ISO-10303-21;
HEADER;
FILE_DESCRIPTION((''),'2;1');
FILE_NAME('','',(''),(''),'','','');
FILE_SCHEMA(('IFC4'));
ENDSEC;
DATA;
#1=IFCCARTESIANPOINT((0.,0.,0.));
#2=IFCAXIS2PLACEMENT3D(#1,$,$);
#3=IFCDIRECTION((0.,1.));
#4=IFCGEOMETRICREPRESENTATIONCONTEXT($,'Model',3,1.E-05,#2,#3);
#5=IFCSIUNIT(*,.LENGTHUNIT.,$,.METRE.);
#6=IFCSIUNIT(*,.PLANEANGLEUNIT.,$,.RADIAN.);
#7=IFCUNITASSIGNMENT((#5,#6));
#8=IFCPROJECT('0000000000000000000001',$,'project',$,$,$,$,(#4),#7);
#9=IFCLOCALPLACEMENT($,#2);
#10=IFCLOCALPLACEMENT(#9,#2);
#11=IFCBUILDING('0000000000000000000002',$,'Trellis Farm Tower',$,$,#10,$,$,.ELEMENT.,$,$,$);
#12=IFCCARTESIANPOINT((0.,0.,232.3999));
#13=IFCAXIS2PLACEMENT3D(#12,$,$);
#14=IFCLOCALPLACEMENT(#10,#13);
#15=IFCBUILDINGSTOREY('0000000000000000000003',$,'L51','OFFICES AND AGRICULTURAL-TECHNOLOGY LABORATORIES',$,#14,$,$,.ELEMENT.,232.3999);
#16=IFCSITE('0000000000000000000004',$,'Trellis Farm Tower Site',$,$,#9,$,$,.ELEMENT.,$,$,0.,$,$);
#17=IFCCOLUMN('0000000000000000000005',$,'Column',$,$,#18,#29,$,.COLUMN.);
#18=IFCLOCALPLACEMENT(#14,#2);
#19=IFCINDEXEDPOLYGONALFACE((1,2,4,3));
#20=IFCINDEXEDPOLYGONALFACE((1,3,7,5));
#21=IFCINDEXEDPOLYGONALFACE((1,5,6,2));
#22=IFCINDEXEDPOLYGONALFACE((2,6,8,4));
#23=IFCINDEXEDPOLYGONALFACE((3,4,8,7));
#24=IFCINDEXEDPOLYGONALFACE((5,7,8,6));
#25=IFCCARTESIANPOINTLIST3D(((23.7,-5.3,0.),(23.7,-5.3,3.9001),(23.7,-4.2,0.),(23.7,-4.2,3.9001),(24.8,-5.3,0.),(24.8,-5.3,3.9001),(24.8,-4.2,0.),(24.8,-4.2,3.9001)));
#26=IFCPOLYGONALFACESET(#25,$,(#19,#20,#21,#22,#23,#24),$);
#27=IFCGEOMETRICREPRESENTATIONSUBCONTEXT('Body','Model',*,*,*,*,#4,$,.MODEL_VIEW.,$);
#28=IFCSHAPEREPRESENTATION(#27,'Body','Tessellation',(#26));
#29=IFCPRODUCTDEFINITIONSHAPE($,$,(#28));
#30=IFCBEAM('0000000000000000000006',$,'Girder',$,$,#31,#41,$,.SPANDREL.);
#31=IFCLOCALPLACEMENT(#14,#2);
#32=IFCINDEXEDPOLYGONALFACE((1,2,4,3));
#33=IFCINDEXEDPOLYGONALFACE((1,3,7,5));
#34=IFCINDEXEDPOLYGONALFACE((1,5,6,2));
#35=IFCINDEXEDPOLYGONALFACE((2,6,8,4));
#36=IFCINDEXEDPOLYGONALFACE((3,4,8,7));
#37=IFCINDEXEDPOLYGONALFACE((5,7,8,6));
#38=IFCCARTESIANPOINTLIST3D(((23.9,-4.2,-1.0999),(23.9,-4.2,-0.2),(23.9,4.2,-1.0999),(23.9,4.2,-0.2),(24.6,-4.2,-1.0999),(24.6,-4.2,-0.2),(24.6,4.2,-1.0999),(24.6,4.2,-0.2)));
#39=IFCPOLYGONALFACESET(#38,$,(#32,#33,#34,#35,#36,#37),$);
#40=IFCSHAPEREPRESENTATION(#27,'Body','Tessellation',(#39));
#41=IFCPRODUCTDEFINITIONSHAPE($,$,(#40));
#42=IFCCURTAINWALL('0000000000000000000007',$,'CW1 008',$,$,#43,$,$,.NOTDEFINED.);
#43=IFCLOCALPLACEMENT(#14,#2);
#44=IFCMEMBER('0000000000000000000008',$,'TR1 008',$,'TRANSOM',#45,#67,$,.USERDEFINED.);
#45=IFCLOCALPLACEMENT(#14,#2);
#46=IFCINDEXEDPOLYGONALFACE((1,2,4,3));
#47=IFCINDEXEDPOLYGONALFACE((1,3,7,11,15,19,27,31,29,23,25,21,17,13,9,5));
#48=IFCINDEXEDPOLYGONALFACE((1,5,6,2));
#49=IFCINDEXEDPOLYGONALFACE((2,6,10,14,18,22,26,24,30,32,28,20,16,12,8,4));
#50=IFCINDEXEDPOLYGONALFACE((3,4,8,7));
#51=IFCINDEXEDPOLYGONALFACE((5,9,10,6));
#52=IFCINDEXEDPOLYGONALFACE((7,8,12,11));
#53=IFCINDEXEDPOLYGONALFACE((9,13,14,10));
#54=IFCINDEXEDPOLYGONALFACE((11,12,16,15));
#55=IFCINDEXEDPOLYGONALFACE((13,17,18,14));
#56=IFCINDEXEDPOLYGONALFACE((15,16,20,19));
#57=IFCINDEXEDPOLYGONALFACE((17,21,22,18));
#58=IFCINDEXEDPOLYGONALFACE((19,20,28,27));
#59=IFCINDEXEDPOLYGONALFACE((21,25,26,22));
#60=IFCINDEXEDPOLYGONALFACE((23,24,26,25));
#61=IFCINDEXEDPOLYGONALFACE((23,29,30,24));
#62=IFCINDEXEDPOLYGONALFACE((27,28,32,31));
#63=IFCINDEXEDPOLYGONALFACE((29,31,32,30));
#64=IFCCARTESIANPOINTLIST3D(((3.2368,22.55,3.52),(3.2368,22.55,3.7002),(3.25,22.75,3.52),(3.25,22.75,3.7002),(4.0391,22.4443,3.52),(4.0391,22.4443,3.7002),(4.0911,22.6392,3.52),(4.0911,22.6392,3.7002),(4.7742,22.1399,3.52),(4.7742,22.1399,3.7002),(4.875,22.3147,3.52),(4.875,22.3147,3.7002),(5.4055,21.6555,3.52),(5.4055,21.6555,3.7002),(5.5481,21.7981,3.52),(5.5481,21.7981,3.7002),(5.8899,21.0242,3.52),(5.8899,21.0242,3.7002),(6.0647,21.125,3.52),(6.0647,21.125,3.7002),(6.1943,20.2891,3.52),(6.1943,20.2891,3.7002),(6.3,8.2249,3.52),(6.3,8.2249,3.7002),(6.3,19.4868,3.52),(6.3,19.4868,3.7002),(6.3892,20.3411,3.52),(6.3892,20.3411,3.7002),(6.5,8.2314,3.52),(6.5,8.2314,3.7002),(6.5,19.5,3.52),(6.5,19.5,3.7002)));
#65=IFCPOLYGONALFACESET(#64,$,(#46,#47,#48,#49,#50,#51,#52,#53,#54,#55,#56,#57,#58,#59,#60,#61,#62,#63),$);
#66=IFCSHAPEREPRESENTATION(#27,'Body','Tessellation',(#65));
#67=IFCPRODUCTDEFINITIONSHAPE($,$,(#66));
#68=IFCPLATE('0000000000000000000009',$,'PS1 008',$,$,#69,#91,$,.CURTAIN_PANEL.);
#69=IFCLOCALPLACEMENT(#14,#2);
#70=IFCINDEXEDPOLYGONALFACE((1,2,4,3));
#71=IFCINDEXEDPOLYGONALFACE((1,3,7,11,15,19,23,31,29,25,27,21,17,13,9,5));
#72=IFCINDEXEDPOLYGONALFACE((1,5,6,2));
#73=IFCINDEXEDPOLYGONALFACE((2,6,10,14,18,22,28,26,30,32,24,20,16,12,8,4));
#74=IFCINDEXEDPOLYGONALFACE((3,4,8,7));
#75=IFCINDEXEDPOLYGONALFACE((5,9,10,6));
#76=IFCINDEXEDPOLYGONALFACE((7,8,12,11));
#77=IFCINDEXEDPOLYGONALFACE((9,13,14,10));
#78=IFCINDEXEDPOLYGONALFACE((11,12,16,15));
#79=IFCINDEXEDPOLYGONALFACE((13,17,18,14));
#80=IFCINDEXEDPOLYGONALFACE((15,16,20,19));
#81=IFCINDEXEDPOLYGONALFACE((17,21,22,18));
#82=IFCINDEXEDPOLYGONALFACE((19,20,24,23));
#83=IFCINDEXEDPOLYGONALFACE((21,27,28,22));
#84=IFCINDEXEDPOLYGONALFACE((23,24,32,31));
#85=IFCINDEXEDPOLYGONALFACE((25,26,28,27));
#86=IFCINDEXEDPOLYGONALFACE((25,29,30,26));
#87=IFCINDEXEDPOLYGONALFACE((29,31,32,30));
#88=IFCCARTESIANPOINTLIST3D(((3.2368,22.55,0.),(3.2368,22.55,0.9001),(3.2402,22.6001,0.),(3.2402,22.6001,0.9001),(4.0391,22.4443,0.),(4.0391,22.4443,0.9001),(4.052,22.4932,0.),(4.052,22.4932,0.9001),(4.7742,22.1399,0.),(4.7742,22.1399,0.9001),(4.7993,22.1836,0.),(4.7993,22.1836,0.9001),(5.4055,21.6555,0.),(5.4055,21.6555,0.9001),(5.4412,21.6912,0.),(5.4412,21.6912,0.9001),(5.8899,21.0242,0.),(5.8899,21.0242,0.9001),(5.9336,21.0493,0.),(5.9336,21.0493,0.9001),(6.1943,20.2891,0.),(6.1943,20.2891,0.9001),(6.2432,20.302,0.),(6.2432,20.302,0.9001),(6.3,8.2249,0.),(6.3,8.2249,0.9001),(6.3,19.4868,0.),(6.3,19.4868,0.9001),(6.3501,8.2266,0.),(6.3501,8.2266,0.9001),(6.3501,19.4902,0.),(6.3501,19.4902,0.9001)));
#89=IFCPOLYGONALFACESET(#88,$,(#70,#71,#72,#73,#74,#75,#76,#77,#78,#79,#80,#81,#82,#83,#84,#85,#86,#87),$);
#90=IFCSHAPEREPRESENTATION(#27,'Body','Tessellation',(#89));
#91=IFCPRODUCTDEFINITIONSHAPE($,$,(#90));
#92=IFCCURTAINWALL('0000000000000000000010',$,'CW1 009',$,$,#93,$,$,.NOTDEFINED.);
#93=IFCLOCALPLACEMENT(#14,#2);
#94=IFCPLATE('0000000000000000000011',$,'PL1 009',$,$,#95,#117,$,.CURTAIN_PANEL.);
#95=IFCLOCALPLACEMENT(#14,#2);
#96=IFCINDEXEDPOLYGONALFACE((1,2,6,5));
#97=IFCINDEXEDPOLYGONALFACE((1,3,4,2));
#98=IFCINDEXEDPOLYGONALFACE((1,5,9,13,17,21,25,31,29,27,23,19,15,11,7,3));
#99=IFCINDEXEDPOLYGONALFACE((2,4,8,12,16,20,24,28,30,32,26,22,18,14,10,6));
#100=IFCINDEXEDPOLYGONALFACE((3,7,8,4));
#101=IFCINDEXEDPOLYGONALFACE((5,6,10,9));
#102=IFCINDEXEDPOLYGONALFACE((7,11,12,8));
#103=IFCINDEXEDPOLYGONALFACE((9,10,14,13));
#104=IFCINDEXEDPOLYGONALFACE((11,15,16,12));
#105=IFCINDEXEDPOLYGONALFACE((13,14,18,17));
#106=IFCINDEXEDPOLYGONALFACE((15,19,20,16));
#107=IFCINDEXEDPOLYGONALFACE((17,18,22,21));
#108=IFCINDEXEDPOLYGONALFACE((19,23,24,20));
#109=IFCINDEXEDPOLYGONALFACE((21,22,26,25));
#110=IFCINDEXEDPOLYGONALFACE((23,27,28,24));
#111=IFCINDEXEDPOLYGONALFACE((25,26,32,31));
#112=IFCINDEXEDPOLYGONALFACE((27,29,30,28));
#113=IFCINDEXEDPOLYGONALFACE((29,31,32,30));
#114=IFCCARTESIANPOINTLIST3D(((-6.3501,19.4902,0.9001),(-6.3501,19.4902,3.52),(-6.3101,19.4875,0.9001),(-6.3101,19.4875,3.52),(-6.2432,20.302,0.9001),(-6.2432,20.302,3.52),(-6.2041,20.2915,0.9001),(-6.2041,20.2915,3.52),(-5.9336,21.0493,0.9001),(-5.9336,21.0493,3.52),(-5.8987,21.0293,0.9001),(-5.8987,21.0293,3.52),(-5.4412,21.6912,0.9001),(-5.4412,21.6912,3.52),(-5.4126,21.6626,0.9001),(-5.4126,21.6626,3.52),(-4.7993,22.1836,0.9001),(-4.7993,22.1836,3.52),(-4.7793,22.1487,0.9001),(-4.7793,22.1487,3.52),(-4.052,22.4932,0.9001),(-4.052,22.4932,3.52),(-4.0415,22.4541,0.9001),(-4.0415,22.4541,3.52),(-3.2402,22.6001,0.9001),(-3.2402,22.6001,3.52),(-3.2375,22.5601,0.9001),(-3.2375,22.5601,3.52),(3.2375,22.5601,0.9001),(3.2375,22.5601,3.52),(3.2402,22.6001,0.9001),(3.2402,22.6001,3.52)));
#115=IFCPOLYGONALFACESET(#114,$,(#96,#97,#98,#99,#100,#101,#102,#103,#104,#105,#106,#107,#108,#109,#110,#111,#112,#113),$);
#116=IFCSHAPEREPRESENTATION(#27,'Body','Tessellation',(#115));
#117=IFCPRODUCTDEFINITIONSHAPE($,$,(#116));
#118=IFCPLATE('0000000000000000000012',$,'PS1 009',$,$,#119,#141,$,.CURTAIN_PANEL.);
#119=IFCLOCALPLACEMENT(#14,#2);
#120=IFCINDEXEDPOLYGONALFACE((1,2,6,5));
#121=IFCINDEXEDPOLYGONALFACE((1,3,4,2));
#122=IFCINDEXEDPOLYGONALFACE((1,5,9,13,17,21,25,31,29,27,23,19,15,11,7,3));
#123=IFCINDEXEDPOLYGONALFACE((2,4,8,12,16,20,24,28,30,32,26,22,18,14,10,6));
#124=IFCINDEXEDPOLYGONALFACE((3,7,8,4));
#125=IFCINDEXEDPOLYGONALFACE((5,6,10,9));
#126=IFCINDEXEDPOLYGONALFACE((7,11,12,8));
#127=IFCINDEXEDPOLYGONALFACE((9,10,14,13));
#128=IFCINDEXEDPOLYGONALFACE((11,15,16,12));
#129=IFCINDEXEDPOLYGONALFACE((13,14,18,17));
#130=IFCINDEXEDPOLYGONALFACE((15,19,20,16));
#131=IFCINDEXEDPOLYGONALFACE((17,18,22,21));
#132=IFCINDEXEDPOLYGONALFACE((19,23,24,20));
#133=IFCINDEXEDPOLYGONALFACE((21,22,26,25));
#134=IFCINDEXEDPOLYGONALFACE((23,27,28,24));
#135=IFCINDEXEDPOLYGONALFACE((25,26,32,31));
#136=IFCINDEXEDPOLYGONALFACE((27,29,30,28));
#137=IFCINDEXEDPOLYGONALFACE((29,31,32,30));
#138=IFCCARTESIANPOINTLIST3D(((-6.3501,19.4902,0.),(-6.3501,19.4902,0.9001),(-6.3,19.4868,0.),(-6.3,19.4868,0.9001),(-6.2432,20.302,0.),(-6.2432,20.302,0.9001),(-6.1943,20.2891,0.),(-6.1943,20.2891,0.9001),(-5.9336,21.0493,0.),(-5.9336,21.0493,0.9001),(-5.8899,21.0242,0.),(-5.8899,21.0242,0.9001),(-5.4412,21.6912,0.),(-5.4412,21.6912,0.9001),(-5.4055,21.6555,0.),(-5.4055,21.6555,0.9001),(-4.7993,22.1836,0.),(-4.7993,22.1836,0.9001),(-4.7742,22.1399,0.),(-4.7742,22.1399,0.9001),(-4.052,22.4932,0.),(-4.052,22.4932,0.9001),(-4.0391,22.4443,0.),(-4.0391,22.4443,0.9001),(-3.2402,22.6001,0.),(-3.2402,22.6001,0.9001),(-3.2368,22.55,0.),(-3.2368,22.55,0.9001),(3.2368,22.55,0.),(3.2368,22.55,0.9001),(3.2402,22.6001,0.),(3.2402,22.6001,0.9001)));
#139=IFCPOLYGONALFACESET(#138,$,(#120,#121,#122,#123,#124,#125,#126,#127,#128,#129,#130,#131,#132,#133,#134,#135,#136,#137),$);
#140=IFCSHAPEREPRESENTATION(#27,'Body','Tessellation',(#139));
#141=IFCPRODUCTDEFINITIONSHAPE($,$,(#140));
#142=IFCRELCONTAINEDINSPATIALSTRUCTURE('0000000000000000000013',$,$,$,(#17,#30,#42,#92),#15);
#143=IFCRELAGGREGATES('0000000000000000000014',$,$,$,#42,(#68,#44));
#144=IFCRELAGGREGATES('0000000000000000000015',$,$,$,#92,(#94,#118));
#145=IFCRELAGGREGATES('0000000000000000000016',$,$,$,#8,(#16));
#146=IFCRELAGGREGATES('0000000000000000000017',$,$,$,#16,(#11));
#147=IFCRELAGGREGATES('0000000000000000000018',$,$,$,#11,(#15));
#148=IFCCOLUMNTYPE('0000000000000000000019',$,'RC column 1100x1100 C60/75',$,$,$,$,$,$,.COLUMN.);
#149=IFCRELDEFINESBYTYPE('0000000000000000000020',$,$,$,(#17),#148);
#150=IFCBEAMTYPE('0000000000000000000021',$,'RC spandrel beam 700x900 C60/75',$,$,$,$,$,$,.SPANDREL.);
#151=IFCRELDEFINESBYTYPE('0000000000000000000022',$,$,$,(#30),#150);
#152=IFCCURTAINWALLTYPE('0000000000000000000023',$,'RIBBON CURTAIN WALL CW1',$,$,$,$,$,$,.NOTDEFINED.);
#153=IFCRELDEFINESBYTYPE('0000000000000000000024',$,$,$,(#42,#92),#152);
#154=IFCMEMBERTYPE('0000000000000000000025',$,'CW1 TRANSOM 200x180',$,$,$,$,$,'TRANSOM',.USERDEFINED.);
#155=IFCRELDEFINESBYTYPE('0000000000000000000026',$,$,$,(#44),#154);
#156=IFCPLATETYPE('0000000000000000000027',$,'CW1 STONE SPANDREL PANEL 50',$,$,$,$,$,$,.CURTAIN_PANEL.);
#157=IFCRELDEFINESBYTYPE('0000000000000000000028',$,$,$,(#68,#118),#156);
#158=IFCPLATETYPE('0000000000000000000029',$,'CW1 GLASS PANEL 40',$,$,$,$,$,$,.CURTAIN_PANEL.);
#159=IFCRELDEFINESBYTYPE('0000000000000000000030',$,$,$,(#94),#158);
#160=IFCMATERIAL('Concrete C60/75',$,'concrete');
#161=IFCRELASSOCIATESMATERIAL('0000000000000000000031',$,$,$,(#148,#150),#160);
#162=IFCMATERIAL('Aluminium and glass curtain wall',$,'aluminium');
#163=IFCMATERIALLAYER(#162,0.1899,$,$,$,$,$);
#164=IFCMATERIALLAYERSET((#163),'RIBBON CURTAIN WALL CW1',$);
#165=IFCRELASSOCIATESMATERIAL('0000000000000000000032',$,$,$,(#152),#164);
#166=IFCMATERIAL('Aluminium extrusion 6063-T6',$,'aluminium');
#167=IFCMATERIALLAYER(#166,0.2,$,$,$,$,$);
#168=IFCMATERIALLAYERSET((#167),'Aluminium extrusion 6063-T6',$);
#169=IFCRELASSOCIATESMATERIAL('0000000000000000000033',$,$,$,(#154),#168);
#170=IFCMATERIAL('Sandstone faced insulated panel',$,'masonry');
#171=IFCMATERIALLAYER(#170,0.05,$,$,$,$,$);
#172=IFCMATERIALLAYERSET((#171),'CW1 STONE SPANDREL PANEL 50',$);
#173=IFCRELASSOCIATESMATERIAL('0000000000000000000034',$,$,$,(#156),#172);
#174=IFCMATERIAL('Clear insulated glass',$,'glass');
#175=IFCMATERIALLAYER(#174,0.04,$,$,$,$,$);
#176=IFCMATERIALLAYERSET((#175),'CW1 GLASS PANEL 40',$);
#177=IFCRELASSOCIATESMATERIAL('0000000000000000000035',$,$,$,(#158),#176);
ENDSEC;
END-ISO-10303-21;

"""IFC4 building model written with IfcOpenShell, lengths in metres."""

from ifc_helpers import new_model, si_unit, direction, frame, origin, origin_2d, place, context, subcontext, project, spatial, polyline, rectangle, outline, extrude, source, transform, mapped, material, layer, layer_set, material_profile, profile_set, type_object, element, aggregate, save


model = new_model("IFC4")

# Units and contexts
model_context = context("Model", 3, precision=1e-05, world=origin(), true_north=direction((0.0, 1.0)))
body_context = subcontext(model_context, "Body", "Model", "MODEL_VIEW")
ifc_project = project(units=[si_unit("LENGTHUNIT", "METRE"), si_unit("PLANEANGLEUNIT", "RADIAN")], contexts=[model_context])

# Site, building, storey
site_placement = place(None, origin())
site = spatial("IfcSite", under=ifc_project, at=site_placement, Name="Trellis Farm Tower Site", CompositionType="ELEMENT", RefElevation=0.0)
building_placement = place(site_placement, origin())
building = spatial("IfcBuilding", under=site, at=building_placement, Name="Trellis Farm Tower", CompositionType="ELEMENT")
storey_placement = place(building_placement, frame((0.0, 0.0, 232.3999)))
storey = spatial("IfcBuildingStorey", under=building, at=storey_placement, Name="L51", Description="OFFICES AND AGRICULTURAL-TECHNOLOGY LABORATORIES", CompositionType="ELEMENT", Elevation=232.3999)

# Column
ifc_material_1 = material(Name="Concrete C60/75", Category="concrete")
ifc_material_profile_1 = material_profile(ifc_material_1, rectangle(XDim=1.1001, YDim=1.1001, at=origin_2d()), Name="RC column 1100x1100 C60/75")
ifc_profile_set_1 = profile_set([ifc_material_profile_1], Name="Concrete C60/75")
column_type = type_object("IfcColumnType", Name="RC column 1100x1100 C60/75", PredefinedType="COLUMN", material=ifc_profile_set_1)
shared_shape_1 = source(origin(), body_context, "Body", "SweptSolid", [
    extrude(rectangle(XDim=1.1001, YDim=1.1001, at=origin_2d()), origin(), (0.0, 0.0, 1.0), 3.9001),
])
column_placement = place(storey_placement, frame((24.25, -4.75, 0.0), z_axis=(0.0, 0.0, 1.0), x_axis=(1.0, 0.0, 0.0)))
element("IfcColumn", 1, at=column_placement, inside=storey, type_object=column_type, Name="Column", PredefinedType="COLUMN", context=body_context, shape_type="MappedRepresentation", body=[
    mapped(shared_shape_1, transform((0.0, 0.0, 0.0))),
])

# Beam
ifc_material_profile_2 = material_profile(ifc_material_1, rectangle(XDim=0.7, YDim=0.8999, at=origin_2d()), Name="RC spandrel beam 700x900 C60/75")
ifc_profile_set_2 = profile_set([ifc_material_profile_2], Name="Concrete C60/75")
beam_type = type_object("IfcBeamType", Name="RC spandrel beam 700x900 C60/75", PredefinedType="SPANDREL", material=ifc_profile_set_2)
shared_shape_2 = source(origin(), body_context, "Body", "SweptSolid", [
    extrude(rectangle(XDim=0.7, YDim=0.8999, at=origin_2d()), origin(), (0.0, 0.0, 1.0), 8.3999),
])
beam_placement = place(storey_placement, frame((24.25, -4.2, -0.6499), z_axis=(0.0, 1.0, 0.0), x_axis=(-1.0, 0.0, 0.0)))
element("IfcBeam", 2, at=beam_placement, inside=storey, type_object=beam_type, Name="Girder", PredefinedType="SPANDREL", context=body_context, shape_type="MappedRepresentation", body=[
    mapped(shared_shape_2, transform((0.0, 0.0, 0.0))),
])

# Curtain wall, member, plate
ifc_material_2 = material(Name="Aluminium and glass curtain wall", Category="aluminium")
ifc_layer_1 = layer(ifc_material_2, 0.1899)
ifc_layer_set_1 = layer_set([ifc_layer_1], Name="RIBBON CURTAIN WALL CW1")
curtain_wall_type = type_object("IfcCurtainWallType", Name="RIBBON CURTAIN WALL CW1", PredefinedType="NOTDEFINED", material=ifc_layer_set_1)
placement = place(storey_placement, origin())
curtain_wall_1 = element("IfcCurtainWall", 3, at=placement, inside=storey, type_object=curtain_wall_type, Name="CW1 008", PredefinedType="NOTDEFINED")
ifc_material_3 = material(Name="Aluminium extrusion 6063-T6", Category="aluminium")
ifc_layer_2 = layer(ifc_material_3, 0.2)
ifc_layer_set_2 = layer_set([ifc_layer_2], Name="Aluminium extrusion 6063-T6")
member_type = type_object("IfcMemberType", Name="CW1 TRANSOM 200x180", ElementType="TRANSOM", PredefinedType="USERDEFINED", material=ifc_layer_set_2)
shared_shape_3 = source(origin(), body_context, "Body", "SweptSolid", [
    extrude(outline(polyline([(6.5, 8.2314), (6.5, 19.5), (6.3892, 20.3411), (6.0647, 21.125), (5.5481, 21.7981), (4.875, 22.3147), (4.0911, 22.6392), (3.25, 22.75), (3.2368, 22.55), (4.0391, 22.4443), (4.7742, 22.1399), (5.4055, 21.6555), (5.8899, 21.0242), (6.1943, 20.2891), (6.3, 19.4868), (6.3, 8.2249), (6.5, 8.2314)])), origin(), (0.0, 0.0, 1.0), 0.1802),
])
member_placement = place(storey_placement, frame((0.0, 0.0, 3.52)))
member = element("IfcMember", 4, at=member_placement, type_object=member_type, Name="TR1 008", ObjectType="TRANSOM", PredefinedType="USERDEFINED", context=body_context, shape_type="MappedRepresentation", body=[
    mapped(shared_shape_3, transform((0.0, 0.0, 0.0))),
])
ifc_material_4 = material(Name="Sandstone faced insulated panel", Category="masonry")
ifc_layer_3 = layer(ifc_material_4, 0.05)
ifc_layer_set_3 = layer_set([ifc_layer_3], Name="CW1 STONE SPANDREL PANEL 50")
plate_type_1 = type_object("IfcPlateType", Name="CW1 STONE SPANDREL PANEL 50", PredefinedType="CURTAIN_PANEL", material=ifc_layer_set_3)
shared_shape_4 = source(origin(), body_context, "Body", "SweptSolid", [
    extrude(outline(polyline([(6.3501, 8.2266), (6.3501, 19.4902), (6.2432, 20.302), (5.9336, 21.0493), (5.4412, 21.6912), (4.7993, 22.1836), (4.052, 22.4932), (3.2402, 22.6001), (3.2368, 22.55), (4.0391, 22.4443), (4.7742, 22.1399), (5.4055, 21.6555), (5.8899, 21.0242), (6.1943, 20.2891), (6.3, 19.4868), (6.3, 8.2249), (6.3501, 8.2266)])), origin(), (0.0, 0.0, 1.0), 0.9001),
])
plate_1 = element("IfcPlate", 5, at=placement, type_object=plate_type_1, Name="PS1 008", PredefinedType="CURTAIN_PANEL", context=body_context, shape_type="MappedRepresentation", body=[
    mapped(shared_shape_4, transform((0.0, 0.0, 0.0))),
])
aggregate(curtain_wall_1, [plate_1, member])

# Curtain wall, plates
curtain_wall_2 = element("IfcCurtainWall", 6, at=placement, inside=storey, type_object=curtain_wall_type, Name="CW1 009", PredefinedType="NOTDEFINED")
ifc_material_5 = material(Name="Clear insulated glass", Category="glass")
ifc_layer_4 = layer(ifc_material_5, 0.04)
ifc_layer_set_4 = layer_set([ifc_layer_4], Name="CW1 GLASS PANEL 40")
plate_type_2 = type_object("IfcPlateType", Name="CW1 GLASS PANEL 40", PredefinedType="CURTAIN_PANEL", material=ifc_layer_set_4)
shared_shape_5 = source(origin(), body_context, "Body", "SweptSolid", [
    extrude(outline(polyline([(3.2402, 22.6001), (-3.2402, 22.6001), (-4.052, 22.4932), (-4.7993, 22.1836), (-5.4412, 21.6912), (-5.9336, 21.0493), (-6.2432, 20.302), (-6.3501, 19.4902), (-6.3101, 19.4875), (-6.2041, 20.2915), (-5.8987, 21.0293), (-5.4126, 21.6626), (-4.7793, 22.1487), (-4.0415, 22.4541), (-3.2375, 22.5601), (3.2375, 22.5601), (3.2402, 22.6001)])), origin(), (0.0, 0.0, 1.0), 2.6199),
])
plate_2_placement = place(storey_placement, frame((0.0, 0.0, 0.9001)))
plate_2 = element("IfcPlate", 7, at=plate_2_placement, type_object=plate_type_2, Name="PL1 009", PredefinedType="CURTAIN_PANEL", context=body_context, shape_type="MappedRepresentation", body=[
    mapped(shared_shape_5, transform((0.0, 0.0, 0.0))),
])
shared_shape_6 = source(origin(), body_context, "Body", "SweptSolid", [
    extrude(outline(polyline([(3.2402, 22.6001), (-3.2402, 22.6001), (-4.052, 22.4932), (-4.7993, 22.1836), (-5.4412, 21.6912), (-5.9336, 21.0493), (-6.2432, 20.302), (-6.3501, 19.4902), (-6.3, 19.4868), (-6.1943, 20.2891), (-5.8899, 21.0242), (-5.4055, 21.6555), (-4.7742, 22.1399), (-4.0391, 22.4443), (-3.2368, 22.55), (3.2368, 22.55), (3.2402, 22.6001)])), origin(), (0.0, 0.0, 1.0), 0.9001),
])
plate_3 = element("IfcPlate", 8, at=placement, type_object=plate_type_1, Name="PS1 009", PredefinedType="CURTAIN_PANEL", context=body_context, shape_type="MappedRepresentation", body=[
    mapped(shared_shape_6, transform((0.0, 0.0, 0.0))),
])
aggregate(curtain_wall_2, [plate_2, plate_3])

save(model, "model.ifc")
